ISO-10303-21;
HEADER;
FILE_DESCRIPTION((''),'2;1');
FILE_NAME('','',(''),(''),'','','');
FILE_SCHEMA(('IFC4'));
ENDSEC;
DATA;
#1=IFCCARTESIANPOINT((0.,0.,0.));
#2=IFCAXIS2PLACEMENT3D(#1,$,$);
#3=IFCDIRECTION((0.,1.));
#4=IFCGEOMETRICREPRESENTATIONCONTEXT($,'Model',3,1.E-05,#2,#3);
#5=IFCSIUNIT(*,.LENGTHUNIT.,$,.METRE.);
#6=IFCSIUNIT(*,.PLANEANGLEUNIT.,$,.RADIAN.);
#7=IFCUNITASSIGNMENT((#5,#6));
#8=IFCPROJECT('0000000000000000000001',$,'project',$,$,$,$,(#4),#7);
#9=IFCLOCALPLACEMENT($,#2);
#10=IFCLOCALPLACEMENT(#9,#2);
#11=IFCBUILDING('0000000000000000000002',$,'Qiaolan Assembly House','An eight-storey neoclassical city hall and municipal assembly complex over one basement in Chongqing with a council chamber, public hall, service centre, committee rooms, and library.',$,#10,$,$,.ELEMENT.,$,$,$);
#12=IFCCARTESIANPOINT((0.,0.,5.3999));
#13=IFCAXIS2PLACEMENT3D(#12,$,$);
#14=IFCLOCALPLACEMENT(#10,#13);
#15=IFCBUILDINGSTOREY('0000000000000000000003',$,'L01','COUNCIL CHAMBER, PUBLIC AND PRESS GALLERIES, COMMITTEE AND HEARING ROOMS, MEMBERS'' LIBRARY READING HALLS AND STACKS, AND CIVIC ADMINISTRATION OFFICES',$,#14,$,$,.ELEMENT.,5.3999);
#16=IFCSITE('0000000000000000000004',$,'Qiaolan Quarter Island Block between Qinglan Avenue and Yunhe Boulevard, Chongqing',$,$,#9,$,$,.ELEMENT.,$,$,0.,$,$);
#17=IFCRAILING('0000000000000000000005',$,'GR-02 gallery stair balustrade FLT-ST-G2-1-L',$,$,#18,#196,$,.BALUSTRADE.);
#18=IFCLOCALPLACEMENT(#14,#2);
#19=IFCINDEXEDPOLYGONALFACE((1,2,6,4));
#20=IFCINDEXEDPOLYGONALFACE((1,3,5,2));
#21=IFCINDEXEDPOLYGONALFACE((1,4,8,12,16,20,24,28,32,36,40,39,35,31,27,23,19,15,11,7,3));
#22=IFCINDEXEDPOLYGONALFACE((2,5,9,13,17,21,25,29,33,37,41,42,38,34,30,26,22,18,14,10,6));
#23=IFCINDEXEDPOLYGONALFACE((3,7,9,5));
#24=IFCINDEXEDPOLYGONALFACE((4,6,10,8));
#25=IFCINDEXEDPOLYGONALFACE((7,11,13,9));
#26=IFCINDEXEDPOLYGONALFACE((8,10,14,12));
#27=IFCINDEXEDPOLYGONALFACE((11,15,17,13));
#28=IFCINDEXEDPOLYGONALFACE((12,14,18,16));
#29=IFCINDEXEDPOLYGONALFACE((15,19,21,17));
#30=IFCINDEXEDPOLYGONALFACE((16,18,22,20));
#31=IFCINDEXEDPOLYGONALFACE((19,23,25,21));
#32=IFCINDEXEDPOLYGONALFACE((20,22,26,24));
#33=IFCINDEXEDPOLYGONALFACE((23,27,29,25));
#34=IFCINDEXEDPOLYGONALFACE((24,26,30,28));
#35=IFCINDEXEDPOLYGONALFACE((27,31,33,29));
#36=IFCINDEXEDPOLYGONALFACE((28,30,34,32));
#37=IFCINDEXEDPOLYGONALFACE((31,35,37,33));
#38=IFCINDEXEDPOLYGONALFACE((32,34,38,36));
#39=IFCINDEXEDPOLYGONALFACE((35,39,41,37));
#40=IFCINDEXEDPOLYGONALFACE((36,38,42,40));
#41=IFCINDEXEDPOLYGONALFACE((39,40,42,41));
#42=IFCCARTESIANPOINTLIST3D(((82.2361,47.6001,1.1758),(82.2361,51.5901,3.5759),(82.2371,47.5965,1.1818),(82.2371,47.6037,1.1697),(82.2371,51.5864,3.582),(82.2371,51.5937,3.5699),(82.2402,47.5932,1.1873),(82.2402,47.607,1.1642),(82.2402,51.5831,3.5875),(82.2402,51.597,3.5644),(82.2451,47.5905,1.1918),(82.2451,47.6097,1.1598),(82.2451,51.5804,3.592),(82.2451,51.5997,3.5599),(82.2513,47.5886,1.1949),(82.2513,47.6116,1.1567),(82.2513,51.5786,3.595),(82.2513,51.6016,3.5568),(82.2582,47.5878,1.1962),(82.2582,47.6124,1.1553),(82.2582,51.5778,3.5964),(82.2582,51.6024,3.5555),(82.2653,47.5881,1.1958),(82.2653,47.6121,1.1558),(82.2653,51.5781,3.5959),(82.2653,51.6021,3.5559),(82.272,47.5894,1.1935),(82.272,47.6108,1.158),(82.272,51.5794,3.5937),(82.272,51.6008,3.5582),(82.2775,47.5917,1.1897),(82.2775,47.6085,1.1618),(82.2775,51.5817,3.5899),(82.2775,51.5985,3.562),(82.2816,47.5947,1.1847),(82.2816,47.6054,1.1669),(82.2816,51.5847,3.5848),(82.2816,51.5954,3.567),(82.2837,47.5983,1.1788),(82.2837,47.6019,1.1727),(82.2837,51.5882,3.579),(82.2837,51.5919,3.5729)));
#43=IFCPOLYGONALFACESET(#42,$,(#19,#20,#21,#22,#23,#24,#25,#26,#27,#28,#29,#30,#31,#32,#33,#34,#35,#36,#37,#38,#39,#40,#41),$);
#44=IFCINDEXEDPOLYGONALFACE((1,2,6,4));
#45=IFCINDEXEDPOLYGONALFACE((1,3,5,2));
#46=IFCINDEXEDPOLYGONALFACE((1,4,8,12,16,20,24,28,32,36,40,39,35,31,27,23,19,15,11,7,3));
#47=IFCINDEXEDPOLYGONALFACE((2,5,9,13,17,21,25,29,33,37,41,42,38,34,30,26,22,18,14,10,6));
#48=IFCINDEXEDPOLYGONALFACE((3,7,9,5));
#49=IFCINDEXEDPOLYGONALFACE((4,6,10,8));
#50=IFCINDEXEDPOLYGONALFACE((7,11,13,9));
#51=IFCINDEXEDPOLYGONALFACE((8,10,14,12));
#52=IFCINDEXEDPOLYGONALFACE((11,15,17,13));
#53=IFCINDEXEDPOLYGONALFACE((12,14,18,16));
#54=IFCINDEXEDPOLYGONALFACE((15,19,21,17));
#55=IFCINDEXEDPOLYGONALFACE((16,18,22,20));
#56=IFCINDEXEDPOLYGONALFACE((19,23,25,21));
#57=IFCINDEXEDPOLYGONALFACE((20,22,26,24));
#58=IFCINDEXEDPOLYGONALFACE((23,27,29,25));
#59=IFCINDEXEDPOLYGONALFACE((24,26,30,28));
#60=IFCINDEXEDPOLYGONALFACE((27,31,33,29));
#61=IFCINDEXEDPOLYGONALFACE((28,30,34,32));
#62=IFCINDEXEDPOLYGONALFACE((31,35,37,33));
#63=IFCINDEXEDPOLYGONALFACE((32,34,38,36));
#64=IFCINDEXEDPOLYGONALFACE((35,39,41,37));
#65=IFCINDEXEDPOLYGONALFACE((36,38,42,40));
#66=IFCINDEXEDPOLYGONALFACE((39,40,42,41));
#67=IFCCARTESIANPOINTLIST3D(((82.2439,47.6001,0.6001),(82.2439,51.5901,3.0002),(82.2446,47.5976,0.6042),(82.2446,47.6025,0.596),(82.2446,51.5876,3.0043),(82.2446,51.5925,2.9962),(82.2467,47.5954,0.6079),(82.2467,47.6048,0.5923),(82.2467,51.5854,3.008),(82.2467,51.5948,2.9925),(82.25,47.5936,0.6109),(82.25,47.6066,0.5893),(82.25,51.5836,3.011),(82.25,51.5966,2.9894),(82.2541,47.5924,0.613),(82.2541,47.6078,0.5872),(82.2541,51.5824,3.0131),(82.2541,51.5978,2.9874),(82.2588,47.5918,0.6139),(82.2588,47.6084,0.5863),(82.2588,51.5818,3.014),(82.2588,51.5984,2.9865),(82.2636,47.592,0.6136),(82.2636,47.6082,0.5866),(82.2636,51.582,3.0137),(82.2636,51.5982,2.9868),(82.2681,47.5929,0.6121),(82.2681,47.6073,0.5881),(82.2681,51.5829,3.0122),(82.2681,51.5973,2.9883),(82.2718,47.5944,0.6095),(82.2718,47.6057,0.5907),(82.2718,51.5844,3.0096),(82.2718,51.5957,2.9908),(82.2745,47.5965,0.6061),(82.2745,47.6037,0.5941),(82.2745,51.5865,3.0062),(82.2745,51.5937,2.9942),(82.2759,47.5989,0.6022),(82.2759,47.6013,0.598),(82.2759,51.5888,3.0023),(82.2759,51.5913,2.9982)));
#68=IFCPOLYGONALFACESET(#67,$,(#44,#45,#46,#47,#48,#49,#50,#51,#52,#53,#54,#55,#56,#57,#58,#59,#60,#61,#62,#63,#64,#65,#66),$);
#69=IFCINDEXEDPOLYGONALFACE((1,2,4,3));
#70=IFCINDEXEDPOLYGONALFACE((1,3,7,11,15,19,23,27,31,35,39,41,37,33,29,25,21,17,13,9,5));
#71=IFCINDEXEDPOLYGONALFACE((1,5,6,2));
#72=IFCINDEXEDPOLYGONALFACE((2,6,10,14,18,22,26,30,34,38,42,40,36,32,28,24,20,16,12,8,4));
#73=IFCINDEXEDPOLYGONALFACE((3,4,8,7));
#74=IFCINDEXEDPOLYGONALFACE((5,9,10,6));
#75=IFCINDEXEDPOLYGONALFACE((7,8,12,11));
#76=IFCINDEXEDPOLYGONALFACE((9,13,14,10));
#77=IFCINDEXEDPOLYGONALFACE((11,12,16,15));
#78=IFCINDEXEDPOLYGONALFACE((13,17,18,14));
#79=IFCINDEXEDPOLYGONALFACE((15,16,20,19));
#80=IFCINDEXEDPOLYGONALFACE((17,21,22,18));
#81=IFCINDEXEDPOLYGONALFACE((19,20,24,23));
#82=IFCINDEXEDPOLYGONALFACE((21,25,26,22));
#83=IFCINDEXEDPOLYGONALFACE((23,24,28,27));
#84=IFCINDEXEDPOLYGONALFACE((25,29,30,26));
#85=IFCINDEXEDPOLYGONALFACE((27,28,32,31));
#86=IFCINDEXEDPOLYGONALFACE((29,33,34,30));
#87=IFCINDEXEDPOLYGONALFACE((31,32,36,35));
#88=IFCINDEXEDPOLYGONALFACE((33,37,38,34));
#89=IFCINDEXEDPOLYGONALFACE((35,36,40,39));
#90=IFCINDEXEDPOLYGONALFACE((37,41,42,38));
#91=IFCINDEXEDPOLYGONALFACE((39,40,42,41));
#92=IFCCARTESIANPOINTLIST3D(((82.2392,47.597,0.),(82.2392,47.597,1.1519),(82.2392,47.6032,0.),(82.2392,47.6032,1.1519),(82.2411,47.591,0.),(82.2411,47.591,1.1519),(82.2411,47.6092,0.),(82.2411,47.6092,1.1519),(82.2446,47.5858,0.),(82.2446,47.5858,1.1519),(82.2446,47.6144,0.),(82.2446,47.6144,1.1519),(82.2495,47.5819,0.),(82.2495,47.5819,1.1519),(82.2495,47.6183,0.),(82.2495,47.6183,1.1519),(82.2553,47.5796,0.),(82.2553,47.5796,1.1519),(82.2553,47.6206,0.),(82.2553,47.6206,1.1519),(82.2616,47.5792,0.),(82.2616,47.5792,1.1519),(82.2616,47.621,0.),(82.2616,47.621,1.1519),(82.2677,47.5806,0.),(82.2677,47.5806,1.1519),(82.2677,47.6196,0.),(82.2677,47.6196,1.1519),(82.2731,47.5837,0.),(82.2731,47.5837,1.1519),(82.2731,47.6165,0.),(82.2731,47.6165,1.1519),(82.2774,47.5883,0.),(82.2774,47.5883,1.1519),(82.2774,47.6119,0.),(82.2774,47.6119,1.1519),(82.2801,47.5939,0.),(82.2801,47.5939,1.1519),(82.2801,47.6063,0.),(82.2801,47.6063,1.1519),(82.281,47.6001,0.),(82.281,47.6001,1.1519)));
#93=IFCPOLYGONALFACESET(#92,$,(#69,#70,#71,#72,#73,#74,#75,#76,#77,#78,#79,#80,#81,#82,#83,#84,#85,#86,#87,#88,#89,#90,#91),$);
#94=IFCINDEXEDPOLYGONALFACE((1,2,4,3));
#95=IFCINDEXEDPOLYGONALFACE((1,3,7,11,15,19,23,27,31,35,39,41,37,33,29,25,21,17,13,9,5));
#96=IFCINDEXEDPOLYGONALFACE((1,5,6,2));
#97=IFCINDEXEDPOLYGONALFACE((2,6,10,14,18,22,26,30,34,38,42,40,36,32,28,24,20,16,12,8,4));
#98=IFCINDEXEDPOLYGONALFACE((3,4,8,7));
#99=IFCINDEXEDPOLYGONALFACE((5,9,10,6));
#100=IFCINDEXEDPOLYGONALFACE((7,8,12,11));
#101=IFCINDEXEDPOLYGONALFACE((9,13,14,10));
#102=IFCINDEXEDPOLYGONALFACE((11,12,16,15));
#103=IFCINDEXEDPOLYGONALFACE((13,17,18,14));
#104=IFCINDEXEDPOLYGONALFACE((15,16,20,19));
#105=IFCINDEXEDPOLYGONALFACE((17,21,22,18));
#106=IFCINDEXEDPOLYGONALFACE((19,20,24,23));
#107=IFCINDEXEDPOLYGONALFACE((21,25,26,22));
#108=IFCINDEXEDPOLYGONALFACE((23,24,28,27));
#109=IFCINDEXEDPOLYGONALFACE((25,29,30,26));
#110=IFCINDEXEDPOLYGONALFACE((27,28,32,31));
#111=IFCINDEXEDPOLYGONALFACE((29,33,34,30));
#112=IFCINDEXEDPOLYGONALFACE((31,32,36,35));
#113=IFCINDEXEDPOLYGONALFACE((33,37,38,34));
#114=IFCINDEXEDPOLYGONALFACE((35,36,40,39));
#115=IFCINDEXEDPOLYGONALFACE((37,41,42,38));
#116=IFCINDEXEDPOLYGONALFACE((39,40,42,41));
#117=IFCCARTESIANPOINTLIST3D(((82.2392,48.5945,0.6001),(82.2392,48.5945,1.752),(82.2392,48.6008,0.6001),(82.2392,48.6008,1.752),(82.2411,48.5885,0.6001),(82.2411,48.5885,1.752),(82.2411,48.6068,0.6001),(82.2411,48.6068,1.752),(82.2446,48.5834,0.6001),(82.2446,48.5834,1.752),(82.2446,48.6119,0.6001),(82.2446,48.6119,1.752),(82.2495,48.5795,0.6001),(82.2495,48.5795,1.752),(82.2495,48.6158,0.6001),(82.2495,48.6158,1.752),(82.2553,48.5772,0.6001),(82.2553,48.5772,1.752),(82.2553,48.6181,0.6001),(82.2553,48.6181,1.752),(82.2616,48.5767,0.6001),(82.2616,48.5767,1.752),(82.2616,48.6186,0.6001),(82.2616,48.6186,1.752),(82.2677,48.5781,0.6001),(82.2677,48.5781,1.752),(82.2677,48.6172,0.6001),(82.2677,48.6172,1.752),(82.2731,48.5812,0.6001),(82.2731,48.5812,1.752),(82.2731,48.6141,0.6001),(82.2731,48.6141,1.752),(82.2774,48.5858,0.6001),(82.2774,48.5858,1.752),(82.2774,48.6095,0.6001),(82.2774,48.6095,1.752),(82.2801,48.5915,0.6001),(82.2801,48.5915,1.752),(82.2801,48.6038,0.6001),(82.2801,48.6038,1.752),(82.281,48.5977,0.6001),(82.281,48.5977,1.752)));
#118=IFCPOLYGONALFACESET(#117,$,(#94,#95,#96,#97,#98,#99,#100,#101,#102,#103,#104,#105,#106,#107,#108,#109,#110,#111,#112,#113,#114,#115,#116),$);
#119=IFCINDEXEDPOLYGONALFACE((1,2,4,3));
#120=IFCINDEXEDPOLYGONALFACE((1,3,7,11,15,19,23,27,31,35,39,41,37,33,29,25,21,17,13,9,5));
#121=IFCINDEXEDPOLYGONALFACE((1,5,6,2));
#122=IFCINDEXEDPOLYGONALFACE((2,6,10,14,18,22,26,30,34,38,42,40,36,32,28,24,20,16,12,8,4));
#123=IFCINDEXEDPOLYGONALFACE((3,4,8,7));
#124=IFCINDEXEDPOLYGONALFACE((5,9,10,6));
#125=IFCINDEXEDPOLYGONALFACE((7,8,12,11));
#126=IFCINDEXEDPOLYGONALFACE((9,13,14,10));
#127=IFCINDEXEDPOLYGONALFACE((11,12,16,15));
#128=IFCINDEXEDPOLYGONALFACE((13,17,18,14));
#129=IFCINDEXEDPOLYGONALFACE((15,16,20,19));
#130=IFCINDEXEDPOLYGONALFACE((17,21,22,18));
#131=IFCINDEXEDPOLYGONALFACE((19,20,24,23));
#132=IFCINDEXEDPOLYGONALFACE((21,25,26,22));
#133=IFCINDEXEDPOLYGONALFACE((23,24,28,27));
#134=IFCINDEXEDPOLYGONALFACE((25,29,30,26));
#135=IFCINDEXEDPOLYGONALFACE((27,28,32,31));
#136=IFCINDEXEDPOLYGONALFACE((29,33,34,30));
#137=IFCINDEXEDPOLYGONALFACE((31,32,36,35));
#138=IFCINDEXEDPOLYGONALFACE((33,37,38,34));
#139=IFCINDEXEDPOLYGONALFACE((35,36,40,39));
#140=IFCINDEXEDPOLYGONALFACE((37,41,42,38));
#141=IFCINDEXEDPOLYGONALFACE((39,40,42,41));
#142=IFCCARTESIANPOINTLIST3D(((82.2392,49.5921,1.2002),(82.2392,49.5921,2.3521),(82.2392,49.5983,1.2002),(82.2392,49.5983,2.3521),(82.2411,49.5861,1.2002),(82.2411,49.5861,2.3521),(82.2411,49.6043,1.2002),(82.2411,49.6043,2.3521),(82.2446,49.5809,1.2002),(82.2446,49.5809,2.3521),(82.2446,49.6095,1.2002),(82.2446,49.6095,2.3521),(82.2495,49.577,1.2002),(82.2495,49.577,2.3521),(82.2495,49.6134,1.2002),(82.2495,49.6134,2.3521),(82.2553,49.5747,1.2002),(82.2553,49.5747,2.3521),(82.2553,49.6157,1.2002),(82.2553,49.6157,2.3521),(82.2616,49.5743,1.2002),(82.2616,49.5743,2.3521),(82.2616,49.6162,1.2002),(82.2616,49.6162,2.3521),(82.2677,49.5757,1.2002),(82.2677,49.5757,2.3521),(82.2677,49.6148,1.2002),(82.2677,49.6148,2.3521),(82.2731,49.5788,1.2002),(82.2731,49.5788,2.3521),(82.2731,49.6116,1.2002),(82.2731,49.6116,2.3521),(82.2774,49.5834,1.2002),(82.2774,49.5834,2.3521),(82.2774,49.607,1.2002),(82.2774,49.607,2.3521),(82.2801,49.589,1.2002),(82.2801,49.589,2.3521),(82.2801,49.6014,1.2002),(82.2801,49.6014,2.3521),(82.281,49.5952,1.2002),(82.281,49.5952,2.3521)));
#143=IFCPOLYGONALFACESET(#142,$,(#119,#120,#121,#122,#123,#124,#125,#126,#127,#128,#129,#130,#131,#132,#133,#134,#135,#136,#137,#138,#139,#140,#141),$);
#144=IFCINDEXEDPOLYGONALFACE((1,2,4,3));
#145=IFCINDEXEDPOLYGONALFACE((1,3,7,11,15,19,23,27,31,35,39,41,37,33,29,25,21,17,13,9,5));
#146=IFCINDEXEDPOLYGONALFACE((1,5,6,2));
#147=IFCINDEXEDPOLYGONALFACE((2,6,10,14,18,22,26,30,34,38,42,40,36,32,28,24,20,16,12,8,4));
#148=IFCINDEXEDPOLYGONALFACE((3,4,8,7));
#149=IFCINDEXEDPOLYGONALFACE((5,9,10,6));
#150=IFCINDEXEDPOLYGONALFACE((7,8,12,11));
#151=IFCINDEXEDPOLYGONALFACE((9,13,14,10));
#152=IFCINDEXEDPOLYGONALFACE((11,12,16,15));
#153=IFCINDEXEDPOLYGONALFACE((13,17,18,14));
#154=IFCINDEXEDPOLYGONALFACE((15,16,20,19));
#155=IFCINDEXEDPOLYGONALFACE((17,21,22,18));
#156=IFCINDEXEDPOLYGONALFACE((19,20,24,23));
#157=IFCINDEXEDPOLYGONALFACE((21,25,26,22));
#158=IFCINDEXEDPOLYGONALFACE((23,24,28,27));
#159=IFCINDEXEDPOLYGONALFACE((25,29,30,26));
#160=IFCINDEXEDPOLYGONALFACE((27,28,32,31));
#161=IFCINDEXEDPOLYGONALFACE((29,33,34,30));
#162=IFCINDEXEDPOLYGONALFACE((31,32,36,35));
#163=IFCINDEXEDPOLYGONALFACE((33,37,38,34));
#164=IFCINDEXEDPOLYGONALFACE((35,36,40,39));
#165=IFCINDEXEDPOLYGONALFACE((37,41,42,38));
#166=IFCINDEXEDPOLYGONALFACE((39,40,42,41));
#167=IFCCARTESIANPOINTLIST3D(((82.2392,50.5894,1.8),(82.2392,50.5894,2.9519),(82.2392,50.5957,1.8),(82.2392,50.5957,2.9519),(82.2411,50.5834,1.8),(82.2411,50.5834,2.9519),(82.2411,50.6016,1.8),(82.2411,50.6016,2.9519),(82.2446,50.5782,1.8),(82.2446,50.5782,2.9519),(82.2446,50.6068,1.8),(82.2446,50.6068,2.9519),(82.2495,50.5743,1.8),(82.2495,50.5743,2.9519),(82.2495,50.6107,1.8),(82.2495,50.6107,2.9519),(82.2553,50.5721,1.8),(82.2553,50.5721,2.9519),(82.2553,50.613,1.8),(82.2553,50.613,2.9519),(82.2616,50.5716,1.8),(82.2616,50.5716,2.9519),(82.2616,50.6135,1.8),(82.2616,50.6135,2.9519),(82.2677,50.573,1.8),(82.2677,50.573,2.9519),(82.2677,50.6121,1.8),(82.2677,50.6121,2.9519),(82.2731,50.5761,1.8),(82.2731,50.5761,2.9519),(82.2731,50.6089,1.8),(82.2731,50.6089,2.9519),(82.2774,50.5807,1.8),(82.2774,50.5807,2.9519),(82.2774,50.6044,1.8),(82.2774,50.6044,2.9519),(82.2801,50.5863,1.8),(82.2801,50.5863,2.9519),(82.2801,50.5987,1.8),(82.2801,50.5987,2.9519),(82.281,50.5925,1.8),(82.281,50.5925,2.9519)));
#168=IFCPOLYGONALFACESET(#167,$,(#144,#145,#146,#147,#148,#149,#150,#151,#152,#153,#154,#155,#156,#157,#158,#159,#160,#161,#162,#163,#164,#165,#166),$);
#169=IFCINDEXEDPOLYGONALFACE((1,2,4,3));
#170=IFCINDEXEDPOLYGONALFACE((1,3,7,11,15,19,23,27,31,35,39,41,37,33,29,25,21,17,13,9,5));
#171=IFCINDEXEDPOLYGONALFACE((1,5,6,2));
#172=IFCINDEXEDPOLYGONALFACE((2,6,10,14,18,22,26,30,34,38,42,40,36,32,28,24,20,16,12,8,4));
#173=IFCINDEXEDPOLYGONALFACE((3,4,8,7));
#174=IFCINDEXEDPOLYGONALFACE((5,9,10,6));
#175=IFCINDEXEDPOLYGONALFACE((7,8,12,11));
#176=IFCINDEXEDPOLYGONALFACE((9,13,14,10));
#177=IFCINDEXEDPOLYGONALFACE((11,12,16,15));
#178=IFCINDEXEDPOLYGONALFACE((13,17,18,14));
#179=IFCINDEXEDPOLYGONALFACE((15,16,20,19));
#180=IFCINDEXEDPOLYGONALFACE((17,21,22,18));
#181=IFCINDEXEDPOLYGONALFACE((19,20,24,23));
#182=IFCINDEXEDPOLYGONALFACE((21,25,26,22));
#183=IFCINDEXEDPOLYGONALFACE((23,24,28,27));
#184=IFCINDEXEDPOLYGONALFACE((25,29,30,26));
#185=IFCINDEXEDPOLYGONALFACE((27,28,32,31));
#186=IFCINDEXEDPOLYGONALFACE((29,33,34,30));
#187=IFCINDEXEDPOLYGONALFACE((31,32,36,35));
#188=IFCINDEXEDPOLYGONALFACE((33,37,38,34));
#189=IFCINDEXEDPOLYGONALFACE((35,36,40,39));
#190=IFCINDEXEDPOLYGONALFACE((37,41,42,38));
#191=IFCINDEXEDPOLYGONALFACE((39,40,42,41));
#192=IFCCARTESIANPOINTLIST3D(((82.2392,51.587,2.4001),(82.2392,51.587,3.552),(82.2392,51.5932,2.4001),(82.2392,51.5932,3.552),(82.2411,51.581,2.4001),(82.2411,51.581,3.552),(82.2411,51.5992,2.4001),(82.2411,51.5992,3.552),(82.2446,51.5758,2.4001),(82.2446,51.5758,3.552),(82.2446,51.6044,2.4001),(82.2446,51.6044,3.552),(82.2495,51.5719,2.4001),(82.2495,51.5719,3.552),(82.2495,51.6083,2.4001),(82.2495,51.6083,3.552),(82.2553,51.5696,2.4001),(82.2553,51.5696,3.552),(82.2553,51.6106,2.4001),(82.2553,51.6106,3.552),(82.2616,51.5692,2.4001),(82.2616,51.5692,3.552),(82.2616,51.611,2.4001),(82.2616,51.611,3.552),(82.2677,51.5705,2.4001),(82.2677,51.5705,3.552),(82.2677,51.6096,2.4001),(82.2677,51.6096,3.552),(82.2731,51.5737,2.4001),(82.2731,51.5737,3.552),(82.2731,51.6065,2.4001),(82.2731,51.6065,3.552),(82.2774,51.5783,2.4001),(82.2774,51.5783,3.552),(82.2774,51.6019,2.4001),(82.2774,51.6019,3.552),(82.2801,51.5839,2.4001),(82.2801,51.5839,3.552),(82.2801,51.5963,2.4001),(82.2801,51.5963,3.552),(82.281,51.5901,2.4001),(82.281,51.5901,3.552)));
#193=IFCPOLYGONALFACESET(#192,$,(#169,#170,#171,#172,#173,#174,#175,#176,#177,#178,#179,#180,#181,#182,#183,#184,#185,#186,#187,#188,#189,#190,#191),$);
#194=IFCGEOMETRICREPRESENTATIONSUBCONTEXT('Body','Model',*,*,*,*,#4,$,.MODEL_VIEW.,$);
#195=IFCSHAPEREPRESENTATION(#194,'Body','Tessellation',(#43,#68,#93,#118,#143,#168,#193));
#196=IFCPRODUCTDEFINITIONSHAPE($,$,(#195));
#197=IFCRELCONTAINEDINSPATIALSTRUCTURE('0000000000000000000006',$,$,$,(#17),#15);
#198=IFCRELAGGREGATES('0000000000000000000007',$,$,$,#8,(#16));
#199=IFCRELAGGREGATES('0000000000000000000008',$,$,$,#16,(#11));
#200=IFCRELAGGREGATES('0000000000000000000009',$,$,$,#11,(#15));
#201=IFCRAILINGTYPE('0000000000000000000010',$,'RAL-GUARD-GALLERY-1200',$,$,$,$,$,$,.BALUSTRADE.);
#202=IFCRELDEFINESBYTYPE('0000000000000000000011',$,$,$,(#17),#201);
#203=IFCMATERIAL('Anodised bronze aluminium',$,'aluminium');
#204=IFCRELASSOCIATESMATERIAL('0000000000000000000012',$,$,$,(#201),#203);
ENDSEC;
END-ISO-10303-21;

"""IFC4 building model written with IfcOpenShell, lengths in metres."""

from ifc_helpers import new_model, si_unit, direction, frame, origin, origin_2d, place, context, subcontext, project, spatial, circle, extrude, material, type_object, element, save


model = new_model("IFC4")

# Units and contexts
model_context = context("Model", 3, precision=1e-05, world=origin(), true_north=direction((0.0, 1.0)))
body_context = subcontext(model_context, "Body", "Model", "MODEL_VIEW")
ifc_project = project(units=[si_unit("LENGTHUNIT", "METRE"), si_unit("PLANEANGLEUNIT", "RADIAN")], contexts=[model_context])

# Site, building, storey
site_placement = place(None, origin())
site = spatial("IfcSite", under=ifc_project, at=site_placement, Name="Qiaolan Quarter Island Block between Qinglan Avenue and Yunhe Boulevard, Chongqing", CompositionType="ELEMENT", RefElevation=0.0)
building_placement = place(site_placement, origin())
building = spatial("IfcBuilding", under=site, at=building_placement, Name="Qiaolan Assembly House", Description="An eight-storey neoclassical city hall and municipal assembly complex over one basement in Chongqing with a council chamber, public hall, service centre, committee rooms, and library.", CompositionType="ELEMENT")
storey_placement = place(building_placement, frame((0.0, 0.0, 5.3999)))
storey = spatial("IfcBuildingStorey", under=building, at=storey_placement, Name="L01", Description="COUNCIL CHAMBER, PUBLIC AND PRESS GALLERIES, COMMITTEE AND HEARING ROOMS, MEMBERS' LIBRARY READING HALLS AND STACKS, AND CIVIC ADMINISTRATION OFFICES", CompositionType="ELEMENT", Elevation=5.3999)

# Shared definitions
ifc_material_1 = material(Name="Anodised bronze aluminium", Category="aluminium")

# Railing
railing_type_1 = type_object("IfcRailingType", Name="RAL-GUARD-GALLERY-1200", PredefinedType="BALUSTRADE", material=ifc_material_1)
for number, where, name in (
    (1, (82.26, 47.6001, 0.0), "GR-02 gallery stair balustrade FLT-ST-G2-1-L"),
):
    element("IfcRailing", number, at=place(storey_placement, frame(where)), inside=storey, type_object=railing_type_1, Name=name, PredefinedType="BALUSTRADE", context=body_context, shape_type="SweptSolid", body=[
        extrude(circle(Radius=0.0239, at=origin_2d()), frame((0.0, 0.0, 1.1758), z_axis=(0.0, 0.856909, 0.515467), x_axis=(-1.0, 0.0, 0.0)), (0.0, 0.0, 1.0), 4.6562),
        extrude(circle(Radius=0.0161, at=origin_2d()), frame((0.0, 0.0, 0.6001), z_axis=(0.0, 0.856909, 0.515467), x_axis=(-1.0, 0.0, 0.0)), (0.0, 0.0, 1.0), 4.6562),
        extrude(circle(Radius=0.021, at=origin_2d()), origin(), (0.0, 0.0, 1.0), 1.1519),
        extrude(circle(Radius=0.021, at=origin_2d()), frame((0.0, 0.9976, 0.6001)), (0.0, 0.0, 1.0), 1.1519),
        extrude(circle(Radius=0.021, at=origin_2d()), frame((0.0, 1.9951, 1.2002)), (0.0, 0.0, 1.0), 1.1519),
        extrude(circle(Radius=0.021, at=origin_2d()), frame((0.0, 2.9924, 1.8)), (0.0, 0.0, 1.0), 1.1519),
        extrude(circle(Radius=0.021, at=origin_2d()), frame((0.0, 3.99, 2.4001)), (0.0, 0.0, 1.0), 1.1519),
    ])

save(model, "model.ifc")
